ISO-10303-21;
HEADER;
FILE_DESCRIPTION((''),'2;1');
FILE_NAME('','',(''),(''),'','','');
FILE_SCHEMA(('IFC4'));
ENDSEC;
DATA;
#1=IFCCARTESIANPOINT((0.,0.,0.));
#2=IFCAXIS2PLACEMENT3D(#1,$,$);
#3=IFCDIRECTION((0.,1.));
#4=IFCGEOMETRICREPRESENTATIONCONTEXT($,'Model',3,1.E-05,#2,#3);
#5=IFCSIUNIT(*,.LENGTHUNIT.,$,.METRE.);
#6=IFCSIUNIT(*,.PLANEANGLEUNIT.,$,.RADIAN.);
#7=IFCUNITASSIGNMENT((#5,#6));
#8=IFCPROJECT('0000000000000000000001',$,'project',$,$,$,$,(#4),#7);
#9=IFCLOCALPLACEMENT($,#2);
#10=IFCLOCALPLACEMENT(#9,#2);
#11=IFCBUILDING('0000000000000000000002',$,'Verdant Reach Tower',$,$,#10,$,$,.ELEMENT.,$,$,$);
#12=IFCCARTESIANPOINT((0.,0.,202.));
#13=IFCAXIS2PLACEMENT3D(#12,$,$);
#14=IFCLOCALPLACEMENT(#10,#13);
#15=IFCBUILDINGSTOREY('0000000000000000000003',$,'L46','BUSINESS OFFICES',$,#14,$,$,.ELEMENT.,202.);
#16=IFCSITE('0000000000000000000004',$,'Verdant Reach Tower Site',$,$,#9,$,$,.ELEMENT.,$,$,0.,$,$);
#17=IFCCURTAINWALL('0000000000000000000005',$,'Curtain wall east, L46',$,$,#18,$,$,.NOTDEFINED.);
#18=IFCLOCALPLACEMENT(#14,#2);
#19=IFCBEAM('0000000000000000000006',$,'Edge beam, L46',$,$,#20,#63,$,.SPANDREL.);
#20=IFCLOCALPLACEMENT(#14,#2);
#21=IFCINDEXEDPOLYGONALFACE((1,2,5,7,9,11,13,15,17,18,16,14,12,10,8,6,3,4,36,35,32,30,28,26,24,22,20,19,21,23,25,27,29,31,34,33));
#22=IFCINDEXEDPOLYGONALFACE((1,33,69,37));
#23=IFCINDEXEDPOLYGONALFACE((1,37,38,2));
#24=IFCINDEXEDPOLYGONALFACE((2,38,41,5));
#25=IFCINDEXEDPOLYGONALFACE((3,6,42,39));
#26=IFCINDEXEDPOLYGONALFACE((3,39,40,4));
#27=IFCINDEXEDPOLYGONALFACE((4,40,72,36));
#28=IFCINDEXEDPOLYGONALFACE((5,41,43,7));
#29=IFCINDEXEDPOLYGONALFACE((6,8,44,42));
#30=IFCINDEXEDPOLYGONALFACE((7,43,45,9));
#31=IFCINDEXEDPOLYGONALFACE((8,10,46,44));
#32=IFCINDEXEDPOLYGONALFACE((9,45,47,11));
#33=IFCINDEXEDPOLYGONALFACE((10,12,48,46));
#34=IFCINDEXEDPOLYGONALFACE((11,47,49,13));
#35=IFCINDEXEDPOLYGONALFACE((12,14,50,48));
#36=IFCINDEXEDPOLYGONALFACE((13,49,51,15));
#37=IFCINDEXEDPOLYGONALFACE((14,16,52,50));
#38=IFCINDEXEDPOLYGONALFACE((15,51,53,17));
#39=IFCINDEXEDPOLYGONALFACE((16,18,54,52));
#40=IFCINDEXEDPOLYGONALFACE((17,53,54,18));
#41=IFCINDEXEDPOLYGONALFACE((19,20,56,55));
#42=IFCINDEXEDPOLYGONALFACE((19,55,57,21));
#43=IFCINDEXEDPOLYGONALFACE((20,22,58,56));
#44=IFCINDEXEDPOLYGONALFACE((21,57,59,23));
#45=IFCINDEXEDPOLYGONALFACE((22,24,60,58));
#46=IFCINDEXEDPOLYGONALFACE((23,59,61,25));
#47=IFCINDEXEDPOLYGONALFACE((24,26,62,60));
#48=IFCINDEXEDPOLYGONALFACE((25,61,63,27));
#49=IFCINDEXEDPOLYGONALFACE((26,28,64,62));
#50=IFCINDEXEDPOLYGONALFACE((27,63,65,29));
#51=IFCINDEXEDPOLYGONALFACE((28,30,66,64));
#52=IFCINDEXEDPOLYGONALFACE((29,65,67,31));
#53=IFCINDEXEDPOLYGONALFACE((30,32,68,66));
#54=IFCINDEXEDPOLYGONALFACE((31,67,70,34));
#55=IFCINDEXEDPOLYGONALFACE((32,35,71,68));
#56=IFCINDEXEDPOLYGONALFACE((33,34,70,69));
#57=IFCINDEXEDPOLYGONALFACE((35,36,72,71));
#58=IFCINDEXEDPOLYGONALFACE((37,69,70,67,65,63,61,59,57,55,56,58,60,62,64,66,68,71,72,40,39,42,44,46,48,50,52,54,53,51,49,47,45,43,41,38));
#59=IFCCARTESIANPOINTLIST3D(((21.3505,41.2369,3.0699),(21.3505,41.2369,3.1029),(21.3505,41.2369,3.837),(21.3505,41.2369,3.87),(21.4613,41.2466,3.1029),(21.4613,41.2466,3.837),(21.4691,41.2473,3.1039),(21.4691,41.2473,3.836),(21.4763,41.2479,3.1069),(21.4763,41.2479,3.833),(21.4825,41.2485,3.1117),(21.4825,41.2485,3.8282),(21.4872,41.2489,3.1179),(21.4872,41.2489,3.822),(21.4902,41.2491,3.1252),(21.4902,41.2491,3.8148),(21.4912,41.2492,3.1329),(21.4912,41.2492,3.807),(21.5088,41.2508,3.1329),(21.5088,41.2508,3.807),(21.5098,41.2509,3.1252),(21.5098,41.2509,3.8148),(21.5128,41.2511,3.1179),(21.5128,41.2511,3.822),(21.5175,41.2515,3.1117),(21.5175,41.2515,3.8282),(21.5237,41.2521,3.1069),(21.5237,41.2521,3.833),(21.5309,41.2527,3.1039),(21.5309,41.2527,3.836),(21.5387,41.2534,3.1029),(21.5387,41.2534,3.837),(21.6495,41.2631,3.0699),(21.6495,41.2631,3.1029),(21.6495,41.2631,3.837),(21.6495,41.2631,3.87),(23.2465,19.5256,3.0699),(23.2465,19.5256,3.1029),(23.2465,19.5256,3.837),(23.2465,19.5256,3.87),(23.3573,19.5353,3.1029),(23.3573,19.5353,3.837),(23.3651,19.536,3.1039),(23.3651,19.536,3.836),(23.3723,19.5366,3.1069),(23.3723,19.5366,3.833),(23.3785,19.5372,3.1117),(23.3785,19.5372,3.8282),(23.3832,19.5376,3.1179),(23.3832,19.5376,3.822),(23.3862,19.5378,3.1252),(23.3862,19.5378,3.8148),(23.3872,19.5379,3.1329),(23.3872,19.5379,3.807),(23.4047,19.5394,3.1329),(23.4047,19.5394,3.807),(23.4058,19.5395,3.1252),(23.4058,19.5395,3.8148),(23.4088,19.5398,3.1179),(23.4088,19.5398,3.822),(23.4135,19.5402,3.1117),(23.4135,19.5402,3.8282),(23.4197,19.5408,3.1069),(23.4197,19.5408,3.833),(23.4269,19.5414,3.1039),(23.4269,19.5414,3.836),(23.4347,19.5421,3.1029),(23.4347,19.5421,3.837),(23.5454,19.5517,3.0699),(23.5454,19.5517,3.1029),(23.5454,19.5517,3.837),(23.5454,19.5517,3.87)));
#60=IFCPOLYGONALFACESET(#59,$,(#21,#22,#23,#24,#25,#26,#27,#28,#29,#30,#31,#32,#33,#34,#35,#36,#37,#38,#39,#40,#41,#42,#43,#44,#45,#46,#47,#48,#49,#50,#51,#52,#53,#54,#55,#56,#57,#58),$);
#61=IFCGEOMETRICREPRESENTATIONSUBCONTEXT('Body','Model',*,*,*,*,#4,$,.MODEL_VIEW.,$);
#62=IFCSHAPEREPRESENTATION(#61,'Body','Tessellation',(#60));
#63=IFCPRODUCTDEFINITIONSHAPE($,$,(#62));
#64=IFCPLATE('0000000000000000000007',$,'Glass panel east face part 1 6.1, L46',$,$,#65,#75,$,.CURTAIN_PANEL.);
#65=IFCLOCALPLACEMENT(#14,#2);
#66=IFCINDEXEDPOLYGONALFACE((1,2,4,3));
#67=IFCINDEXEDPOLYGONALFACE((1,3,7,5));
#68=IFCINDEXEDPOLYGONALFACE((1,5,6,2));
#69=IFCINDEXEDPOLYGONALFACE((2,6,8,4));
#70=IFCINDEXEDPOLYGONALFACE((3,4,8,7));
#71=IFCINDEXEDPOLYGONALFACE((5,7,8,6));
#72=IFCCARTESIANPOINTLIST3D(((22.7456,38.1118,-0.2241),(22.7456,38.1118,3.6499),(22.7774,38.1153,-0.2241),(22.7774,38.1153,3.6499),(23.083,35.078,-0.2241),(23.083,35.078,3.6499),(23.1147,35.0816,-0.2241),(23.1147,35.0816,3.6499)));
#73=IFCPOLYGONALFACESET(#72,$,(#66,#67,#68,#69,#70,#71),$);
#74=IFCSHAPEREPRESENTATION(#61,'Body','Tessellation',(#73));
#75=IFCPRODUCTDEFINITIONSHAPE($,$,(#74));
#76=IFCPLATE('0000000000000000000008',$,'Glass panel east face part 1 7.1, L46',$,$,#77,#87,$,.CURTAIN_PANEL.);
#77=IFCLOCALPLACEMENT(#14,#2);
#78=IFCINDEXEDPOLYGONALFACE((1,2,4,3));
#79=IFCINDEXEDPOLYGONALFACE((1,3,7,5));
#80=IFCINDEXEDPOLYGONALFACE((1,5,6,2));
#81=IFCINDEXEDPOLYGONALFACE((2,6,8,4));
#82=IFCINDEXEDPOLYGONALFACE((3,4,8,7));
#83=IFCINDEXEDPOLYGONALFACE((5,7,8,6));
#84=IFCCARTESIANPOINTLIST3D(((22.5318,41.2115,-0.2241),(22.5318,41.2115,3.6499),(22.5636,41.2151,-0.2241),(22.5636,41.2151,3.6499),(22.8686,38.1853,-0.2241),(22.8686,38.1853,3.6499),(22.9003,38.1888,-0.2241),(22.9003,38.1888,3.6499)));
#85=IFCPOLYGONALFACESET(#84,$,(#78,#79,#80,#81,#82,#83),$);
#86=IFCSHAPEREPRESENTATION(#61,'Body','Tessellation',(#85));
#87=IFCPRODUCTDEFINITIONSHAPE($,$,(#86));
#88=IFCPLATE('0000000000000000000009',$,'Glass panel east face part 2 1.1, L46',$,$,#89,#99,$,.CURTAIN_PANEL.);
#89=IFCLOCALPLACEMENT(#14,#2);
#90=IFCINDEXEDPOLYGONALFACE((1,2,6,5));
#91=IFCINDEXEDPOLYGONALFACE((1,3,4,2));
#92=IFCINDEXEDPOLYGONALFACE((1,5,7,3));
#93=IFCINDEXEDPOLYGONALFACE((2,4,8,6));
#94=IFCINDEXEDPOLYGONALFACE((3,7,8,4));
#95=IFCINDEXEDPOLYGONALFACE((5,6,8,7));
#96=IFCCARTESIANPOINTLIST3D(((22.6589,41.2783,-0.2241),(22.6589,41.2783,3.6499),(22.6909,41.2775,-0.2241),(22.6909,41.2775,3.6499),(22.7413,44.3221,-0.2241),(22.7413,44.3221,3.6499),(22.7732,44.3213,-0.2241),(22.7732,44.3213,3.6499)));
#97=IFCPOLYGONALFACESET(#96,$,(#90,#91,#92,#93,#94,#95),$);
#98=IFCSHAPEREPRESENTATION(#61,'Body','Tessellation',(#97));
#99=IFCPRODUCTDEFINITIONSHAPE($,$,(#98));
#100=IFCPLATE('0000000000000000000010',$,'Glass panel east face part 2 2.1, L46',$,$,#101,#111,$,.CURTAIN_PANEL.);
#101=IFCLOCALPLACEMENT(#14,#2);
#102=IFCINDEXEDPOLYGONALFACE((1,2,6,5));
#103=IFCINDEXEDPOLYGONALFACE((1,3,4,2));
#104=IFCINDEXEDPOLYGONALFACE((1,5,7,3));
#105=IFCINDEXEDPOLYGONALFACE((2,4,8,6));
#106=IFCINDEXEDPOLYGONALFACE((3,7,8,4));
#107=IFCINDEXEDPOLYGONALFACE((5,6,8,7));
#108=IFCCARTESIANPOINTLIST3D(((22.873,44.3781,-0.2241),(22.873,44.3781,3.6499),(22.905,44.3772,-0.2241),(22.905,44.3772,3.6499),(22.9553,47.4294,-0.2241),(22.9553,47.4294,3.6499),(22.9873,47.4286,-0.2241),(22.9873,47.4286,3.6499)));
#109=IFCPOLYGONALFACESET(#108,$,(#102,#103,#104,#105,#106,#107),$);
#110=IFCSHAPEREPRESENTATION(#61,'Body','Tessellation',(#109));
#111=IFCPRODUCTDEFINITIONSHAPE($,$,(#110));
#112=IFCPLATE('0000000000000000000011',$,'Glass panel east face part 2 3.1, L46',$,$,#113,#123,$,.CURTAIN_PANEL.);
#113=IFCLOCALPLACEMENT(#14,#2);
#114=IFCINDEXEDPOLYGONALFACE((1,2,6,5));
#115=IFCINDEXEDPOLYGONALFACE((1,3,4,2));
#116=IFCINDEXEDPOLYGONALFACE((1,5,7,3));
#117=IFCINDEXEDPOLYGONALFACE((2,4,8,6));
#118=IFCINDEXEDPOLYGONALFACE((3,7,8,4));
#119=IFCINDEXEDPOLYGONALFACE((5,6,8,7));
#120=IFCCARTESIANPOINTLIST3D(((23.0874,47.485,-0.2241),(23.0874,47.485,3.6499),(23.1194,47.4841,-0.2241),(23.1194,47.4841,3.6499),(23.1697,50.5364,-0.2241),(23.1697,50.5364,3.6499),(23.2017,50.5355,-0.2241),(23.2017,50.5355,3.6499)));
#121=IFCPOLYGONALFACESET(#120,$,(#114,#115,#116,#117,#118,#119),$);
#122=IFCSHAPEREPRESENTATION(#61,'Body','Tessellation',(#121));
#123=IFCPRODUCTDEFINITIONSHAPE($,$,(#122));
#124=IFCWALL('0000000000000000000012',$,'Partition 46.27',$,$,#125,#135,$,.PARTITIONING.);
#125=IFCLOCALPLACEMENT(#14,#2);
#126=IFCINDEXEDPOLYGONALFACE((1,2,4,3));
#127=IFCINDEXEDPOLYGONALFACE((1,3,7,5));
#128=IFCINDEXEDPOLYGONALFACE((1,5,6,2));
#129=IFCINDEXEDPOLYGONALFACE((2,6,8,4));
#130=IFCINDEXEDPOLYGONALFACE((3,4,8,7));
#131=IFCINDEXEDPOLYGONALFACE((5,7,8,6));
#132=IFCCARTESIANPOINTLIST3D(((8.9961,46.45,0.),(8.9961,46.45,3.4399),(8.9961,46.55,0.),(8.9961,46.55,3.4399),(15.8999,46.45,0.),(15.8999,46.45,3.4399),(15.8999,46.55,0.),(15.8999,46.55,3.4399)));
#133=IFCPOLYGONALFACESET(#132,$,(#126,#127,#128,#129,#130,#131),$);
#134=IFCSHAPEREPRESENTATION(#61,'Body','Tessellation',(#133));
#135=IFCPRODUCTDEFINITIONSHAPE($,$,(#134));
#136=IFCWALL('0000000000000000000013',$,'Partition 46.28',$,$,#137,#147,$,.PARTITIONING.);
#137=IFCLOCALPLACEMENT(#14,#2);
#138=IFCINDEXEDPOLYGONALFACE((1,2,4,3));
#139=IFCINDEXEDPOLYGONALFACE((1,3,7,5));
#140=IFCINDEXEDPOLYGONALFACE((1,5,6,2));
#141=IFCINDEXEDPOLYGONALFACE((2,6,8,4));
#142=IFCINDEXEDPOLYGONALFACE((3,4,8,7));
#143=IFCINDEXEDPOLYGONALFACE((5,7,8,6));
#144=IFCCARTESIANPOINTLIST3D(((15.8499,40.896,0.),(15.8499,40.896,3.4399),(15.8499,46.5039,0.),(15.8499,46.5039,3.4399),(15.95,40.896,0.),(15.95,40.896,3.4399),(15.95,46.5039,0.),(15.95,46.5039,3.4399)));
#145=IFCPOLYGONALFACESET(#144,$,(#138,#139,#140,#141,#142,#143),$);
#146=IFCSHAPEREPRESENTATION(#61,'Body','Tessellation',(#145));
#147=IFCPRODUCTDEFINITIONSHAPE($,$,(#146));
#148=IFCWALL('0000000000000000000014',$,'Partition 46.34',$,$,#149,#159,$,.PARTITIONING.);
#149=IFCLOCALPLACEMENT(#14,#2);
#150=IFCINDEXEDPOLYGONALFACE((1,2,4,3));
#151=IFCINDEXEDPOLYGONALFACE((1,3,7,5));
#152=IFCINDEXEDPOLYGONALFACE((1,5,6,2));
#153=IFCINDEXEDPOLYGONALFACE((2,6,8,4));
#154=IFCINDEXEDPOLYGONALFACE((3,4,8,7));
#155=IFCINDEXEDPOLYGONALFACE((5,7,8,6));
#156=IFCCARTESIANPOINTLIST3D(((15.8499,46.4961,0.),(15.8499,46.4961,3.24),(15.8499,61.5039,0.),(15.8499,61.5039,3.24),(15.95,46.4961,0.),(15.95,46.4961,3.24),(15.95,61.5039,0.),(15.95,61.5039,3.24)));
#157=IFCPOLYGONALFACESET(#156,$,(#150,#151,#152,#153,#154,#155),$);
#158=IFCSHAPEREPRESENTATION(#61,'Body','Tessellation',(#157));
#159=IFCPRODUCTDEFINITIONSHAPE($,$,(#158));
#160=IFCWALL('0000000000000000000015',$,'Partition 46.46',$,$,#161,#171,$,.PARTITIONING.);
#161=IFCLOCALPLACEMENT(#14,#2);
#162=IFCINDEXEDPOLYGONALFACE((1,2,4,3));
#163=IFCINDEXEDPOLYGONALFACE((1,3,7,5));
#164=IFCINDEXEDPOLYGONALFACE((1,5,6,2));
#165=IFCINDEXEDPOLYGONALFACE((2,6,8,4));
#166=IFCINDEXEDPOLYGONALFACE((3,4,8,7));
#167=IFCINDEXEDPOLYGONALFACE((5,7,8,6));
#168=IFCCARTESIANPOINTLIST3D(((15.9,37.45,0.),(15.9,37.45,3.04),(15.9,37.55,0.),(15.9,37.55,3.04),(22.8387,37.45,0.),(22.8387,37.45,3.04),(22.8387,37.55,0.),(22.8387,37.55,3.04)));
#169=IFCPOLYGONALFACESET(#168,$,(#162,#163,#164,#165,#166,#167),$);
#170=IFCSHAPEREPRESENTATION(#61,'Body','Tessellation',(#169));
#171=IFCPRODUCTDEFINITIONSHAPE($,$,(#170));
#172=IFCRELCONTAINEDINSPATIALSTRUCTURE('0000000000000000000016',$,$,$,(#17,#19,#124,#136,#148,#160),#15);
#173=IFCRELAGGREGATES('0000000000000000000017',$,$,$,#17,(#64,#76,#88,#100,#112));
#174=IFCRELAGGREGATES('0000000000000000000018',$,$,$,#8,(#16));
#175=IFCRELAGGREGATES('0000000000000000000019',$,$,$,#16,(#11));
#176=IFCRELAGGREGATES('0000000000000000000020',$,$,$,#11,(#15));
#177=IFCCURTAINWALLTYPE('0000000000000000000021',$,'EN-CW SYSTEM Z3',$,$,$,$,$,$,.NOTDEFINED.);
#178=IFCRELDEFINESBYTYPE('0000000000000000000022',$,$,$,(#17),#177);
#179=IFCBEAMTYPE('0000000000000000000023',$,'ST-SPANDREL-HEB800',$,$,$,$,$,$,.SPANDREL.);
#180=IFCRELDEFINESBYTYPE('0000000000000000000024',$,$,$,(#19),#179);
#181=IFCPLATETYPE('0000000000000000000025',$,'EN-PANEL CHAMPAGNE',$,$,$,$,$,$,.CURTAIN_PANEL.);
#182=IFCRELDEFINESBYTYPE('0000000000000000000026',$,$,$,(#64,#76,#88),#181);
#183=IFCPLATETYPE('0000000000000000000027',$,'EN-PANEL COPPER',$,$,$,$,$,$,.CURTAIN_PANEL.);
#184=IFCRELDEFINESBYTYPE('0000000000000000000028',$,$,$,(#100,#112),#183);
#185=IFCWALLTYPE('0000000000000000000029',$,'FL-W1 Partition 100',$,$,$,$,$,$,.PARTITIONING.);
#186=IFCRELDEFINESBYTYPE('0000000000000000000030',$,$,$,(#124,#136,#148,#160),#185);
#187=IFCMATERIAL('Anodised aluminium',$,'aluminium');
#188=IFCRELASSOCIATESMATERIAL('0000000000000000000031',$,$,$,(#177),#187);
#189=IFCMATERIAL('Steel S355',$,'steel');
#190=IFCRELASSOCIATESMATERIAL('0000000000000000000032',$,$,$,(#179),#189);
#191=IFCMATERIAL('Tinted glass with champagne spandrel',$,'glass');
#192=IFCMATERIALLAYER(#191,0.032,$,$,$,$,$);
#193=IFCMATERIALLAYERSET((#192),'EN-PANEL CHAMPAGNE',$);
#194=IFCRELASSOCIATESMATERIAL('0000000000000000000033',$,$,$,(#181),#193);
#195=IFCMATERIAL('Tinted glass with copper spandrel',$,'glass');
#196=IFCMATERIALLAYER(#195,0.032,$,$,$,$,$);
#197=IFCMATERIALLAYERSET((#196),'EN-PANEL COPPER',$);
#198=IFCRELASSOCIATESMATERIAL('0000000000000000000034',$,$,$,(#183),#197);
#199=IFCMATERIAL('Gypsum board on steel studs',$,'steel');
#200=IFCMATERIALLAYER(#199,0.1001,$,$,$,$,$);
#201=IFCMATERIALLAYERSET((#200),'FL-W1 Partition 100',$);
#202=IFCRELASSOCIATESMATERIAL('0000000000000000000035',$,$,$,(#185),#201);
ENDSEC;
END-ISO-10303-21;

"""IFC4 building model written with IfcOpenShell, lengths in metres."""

from ifc_helpers import new_model, si_unit, direction, frame, frame_2d, origin, origin_2d, place, context, subcontext, project, spatial, rectangle, i_section, extrude, material, layer, layer_set, material_profile, profile_set, type_object, element, aggregate, save


model = new_model("IFC4")

# Units and contexts
model_context = context("Model", 3, precision=1e-05, world=origin(), true_north=direction((0.0, 1.0)))
body_context = subcontext(model_context, "Body", "Model", "MODEL_VIEW")
ifc_project = project(units=[si_unit("LENGTHUNIT", "METRE"), si_unit("PLANEANGLEUNIT", "RADIAN")], contexts=[model_context])

# Site, building, storey
site_placement = place(None, origin())
site = spatial("IfcSite", under=ifc_project, at=site_placement, Name="Verdant Reach Tower Site", CompositionType="ELEMENT", RefElevation=0.0)
building_placement = place(site_placement, origin())
building = spatial("IfcBuilding", under=site, at=building_placement, Name="Verdant Reach Tower", CompositionType="ELEMENT")
storey_placement = place(building_placement, frame((0.0, 0.0, 202.0)))
storey = spatial("IfcBuildingStorey", under=building, at=storey_placement, Name="L46", Description="BUSINESS OFFICES", CompositionType="ELEMENT", Elevation=202.0)

# Curtain wall
ifc_material_1 = material(Name="Anodised aluminium", Category="aluminium")
curtain_wall_type = type_object("IfcCurtainWallType", Name="EN-CW SYSTEM Z3", PredefinedType="NOTDEFINED", material=ifc_material_1)
curtain_wall_placement = place(storey_placement, origin())
curtain_wall = element("IfcCurtainWall", 1, at=curtain_wall_placement, inside=storey, type_object=curtain_wall_type, Name="Curtain wall east, L46", PredefinedType="NOTDEFINED")

# Beam
ifc_material_2 = material(Name="Steel S355", Category="steel")
ifc_material_profile_1 = material_profile(ifc_material_2, i_section(OverallWidth=0.3, OverallDepth=0.8, WebThickness=0.0176, FlangeThickness=0.033, FilletRadius=0.03, at=origin_2d()), Name="HEB 800")
ifc_profile_set_1 = profile_set([ifc_material_profile_1], Name="Steel S355")
beam_type_1 = type_object("IfcBeamType", Name="ST-SPANDREL-HEB800", PredefinedType="SPANDREL", material=ifc_profile_set_1)
beam_1_placement = place(storey_placement, frame((21.5, 41.25, 3.47), z_axis=(0.086996, -0.996209, 0.0), x_axis=(0.996209, 0.086996, 0.0)))
element("IfcBeam", 2, at=beam_1_placement, inside=storey, type_object=beam_type_1, Name="Edge beam, L46", PredefinedType="SPANDREL", context=body_context, shape_type="SweptSolid", body=[
    extrude(i_section(OverallWidth=0.3, OverallDepth=0.8, WebThickness=0.0176, FlangeThickness=0.033, FilletRadius=0.03, at=origin_2d()), origin(), (0.0, 0.0, 1.0), 21.7939),
])

# Plates
ifc_material_3 = material(Name="Tinted glass with champagne spandrel", Category="glass")
ifc_layer_1 = layer(ifc_material_3, 0.032)
ifc_layer_set_1 = layer_set([ifc_layer_1], Name="EN-PANEL CHAMPAGNE")
plate_type_1 = type_object("IfcPlateType", Name="EN-PANEL CHAMPAGNE", PredefinedType="CURTAIN_PANEL", material=ifc_layer_set_1)
plate_1_placement = place(storey_placement, frame((22.9302, 36.5967, -0.2241), z_axis=(0.0, 0.0, 1.0), x_axis=(-0.110518, 0.993874, 0.0)))
plate_1 = element("IfcPlate", 3, at=plate_1_placement, type_object=plate_type_1, Name="Glass panel east face part 1 6.1, L46", PredefinedType="CURTAIN_PANEL", context=body_context, shape_type="SweptSolid", body=[
    extrude(rectangle(XDim=3.0525, YDim=0.032, at=origin_2d()), origin(), (0.0, 0.0, 1.0), 3.874),
])
plate_2_placement = place(storey_placement, frame((22.7161, 39.7002, -0.2241), z_axis=(0.0, 0.0, 1.0), x_axis=(-0.110601, 0.993865, 0.0)))
plate_2 = element("IfcPlate", 4, at=plate_2_placement, type_object=plate_type_1, Name="Glass panel east face part 1 7.1, L46", PredefinedType="CURTAIN_PANEL", context=body_context, shape_type="SweptSolid", body=[
    extrude(rectangle(XDim=3.0449, YDim=0.032, at=origin_2d()), origin(), (0.0, 0.0, 1.0), 3.874),
])
plate_3_placement = place(storey_placement, frame((22.7161, 42.7998, -0.2241), z_axis=(0.0, 0.0, 1.0), x_axis=(0.027048, 0.999634, 0.0)))
plate_3 = element("IfcPlate", 5, at=plate_3_placement, type_object=plate_type_1, Name="Glass panel east face part 2 1.1, L46", PredefinedType="CURTAIN_PANEL", context=body_context, shape_type="SweptSolid", body=[
    extrude(rectangle(XDim=3.0449, YDim=0.032, at=origin_2d()), origin(), (0.0, 0.0, 1.0), 3.874),
])
ifc_material_4 = material(Name="Tinted glass with copper spandrel", Category="glass")
ifc_layer_2 = layer(ifc_material_4, 0.032)
ifc_layer_set_2 = layer_set([ifc_layer_2], Name="EN-PANEL COPPER")
plate_type_2 = type_object("IfcPlateType", Name="EN-PANEL COPPER", PredefinedType="CURTAIN_PANEL", material=ifc_layer_set_2)
plate_4_placement = place(storey_placement, frame((22.9302, 45.9033, -0.2241), z_axis=(0.0, 0.0, 1.0), x_axis=(0.026965, 0.999636, 0.0)))
plate_4 = element("IfcPlate", 6, at=plate_4_placement, type_object=plate_type_2, Name="Glass panel east face part 2 2.1, L46", PredefinedType="CURTAIN_PANEL", context=body_context, shape_type="SweptSolid", body=[
    extrude(rectangle(XDim=3.0525, YDim=0.032, at=origin_2d()), origin(), (0.0, 0.0, 1.0), 3.874),
])
plate_5_placement = place(storey_placement, frame((23.1445, 49.0103, -0.2241), z_axis=(0.0, 0.0, 1.0), x_axis=(0.026965, 0.999636, 0.0)))
plate_5 = element("IfcPlate", 7, at=plate_5_placement, type_object=plate_type_2, Name="Glass panel east face part 2 3.1, L46", PredefinedType="CURTAIN_PANEL", context=body_context, shape_type="SweptSolid", body=[
    extrude(rectangle(XDim=3.0525, YDim=0.032, at=origin_2d()), origin(), (0.0, 0.0, 1.0), 3.874),
])
aggregate(curtain_wall, [plate_1, plate_2, plate_3, plate_4, plate_5])

# Walls
ifc_material_5 = material(Name="Gypsum board on steel studs", Category="steel")
ifc_layer_3 = layer(ifc_material_5, 0.1001)
ifc_layer_set_3 = layer_set([ifc_layer_3], Name="FL-W1 Partition 100")
wall_type_1 = type_object("IfcWallType", Name="FL-W1 Partition 100", PredefinedType="PARTITIONING", material=ifc_layer_set_3)
wall_1_placement = place(storey_placement, frame((15.8999, 46.5, 0.0), z_axis=(0.0, 0.0, 1.0), x_axis=(-1.0, 0.0, 0.0)))
element("IfcWall", 8, at=wall_1_placement, inside=storey, type_object=wall_type_1, Name="Partition 46.27", PredefinedType="PARTITIONING", context=body_context, shape_type="SweptSolid", body=[
    extrude(rectangle(XDim=6.9038, YDim=0.1001, at=frame_2d((3.4519, 0.0))), origin(), (0.0, 0.0, 1.0), 3.4399),
])
wall_2_placement = place(storey_placement, frame((15.8999, 40.896, 0.0), z_axis=(0.0, 0.0, 1.0), x_axis=(0.0, 1.0, 0.0)))
element("IfcWall", 9, at=wall_2_placement, inside=storey, type_object=wall_type_1, Name="Partition 46.28", PredefinedType="PARTITIONING", context=body_context, shape_type="SweptSolid", body=[
    extrude(rectangle(XDim=5.6079, YDim=0.1001, at=frame_2d((2.804, 0.0))), origin(), (0.0, 0.0, 1.0), 3.4399),
])
wall_3_placement = place(storey_placement, frame((15.8999, 46.4961, 0.0), z_axis=(0.0, 0.0, 1.0), x_axis=(0.0, 1.0, 0.0)))
element("IfcWall", 10, at=wall_3_placement, inside=storey, type_object=wall_type_1, Name="Partition 46.34", PredefinedType="PARTITIONING", context=body_context, shape_type="SweptSolid", body=[
    extrude(rectangle(XDim=15.0078, YDim=0.1001, at=frame_2d((7.5039, 0.0))), origin(), (0.0, 0.0, 1.0), 3.24),
])
wall_4_placement = place(storey_placement, frame((22.8386, 37.5, 0.0), z_axis=(0.0, 0.0, 1.0), x_axis=(-1.0, 0.0, 0.0)))
element("IfcWall", 11, at=wall_4_placement, inside=storey, type_object=wall_type_1, Name="Partition 46.46", PredefinedType="PARTITIONING", context=body_context, shape_type="SweptSolid", body=[
    extrude(rectangle(XDim=6.9387, YDim=0.1001, at=frame_2d((3.4692, 0.0))), origin(), (0.0, 0.0, 1.0), 3.04),
])

save(model, "model.ifc")
